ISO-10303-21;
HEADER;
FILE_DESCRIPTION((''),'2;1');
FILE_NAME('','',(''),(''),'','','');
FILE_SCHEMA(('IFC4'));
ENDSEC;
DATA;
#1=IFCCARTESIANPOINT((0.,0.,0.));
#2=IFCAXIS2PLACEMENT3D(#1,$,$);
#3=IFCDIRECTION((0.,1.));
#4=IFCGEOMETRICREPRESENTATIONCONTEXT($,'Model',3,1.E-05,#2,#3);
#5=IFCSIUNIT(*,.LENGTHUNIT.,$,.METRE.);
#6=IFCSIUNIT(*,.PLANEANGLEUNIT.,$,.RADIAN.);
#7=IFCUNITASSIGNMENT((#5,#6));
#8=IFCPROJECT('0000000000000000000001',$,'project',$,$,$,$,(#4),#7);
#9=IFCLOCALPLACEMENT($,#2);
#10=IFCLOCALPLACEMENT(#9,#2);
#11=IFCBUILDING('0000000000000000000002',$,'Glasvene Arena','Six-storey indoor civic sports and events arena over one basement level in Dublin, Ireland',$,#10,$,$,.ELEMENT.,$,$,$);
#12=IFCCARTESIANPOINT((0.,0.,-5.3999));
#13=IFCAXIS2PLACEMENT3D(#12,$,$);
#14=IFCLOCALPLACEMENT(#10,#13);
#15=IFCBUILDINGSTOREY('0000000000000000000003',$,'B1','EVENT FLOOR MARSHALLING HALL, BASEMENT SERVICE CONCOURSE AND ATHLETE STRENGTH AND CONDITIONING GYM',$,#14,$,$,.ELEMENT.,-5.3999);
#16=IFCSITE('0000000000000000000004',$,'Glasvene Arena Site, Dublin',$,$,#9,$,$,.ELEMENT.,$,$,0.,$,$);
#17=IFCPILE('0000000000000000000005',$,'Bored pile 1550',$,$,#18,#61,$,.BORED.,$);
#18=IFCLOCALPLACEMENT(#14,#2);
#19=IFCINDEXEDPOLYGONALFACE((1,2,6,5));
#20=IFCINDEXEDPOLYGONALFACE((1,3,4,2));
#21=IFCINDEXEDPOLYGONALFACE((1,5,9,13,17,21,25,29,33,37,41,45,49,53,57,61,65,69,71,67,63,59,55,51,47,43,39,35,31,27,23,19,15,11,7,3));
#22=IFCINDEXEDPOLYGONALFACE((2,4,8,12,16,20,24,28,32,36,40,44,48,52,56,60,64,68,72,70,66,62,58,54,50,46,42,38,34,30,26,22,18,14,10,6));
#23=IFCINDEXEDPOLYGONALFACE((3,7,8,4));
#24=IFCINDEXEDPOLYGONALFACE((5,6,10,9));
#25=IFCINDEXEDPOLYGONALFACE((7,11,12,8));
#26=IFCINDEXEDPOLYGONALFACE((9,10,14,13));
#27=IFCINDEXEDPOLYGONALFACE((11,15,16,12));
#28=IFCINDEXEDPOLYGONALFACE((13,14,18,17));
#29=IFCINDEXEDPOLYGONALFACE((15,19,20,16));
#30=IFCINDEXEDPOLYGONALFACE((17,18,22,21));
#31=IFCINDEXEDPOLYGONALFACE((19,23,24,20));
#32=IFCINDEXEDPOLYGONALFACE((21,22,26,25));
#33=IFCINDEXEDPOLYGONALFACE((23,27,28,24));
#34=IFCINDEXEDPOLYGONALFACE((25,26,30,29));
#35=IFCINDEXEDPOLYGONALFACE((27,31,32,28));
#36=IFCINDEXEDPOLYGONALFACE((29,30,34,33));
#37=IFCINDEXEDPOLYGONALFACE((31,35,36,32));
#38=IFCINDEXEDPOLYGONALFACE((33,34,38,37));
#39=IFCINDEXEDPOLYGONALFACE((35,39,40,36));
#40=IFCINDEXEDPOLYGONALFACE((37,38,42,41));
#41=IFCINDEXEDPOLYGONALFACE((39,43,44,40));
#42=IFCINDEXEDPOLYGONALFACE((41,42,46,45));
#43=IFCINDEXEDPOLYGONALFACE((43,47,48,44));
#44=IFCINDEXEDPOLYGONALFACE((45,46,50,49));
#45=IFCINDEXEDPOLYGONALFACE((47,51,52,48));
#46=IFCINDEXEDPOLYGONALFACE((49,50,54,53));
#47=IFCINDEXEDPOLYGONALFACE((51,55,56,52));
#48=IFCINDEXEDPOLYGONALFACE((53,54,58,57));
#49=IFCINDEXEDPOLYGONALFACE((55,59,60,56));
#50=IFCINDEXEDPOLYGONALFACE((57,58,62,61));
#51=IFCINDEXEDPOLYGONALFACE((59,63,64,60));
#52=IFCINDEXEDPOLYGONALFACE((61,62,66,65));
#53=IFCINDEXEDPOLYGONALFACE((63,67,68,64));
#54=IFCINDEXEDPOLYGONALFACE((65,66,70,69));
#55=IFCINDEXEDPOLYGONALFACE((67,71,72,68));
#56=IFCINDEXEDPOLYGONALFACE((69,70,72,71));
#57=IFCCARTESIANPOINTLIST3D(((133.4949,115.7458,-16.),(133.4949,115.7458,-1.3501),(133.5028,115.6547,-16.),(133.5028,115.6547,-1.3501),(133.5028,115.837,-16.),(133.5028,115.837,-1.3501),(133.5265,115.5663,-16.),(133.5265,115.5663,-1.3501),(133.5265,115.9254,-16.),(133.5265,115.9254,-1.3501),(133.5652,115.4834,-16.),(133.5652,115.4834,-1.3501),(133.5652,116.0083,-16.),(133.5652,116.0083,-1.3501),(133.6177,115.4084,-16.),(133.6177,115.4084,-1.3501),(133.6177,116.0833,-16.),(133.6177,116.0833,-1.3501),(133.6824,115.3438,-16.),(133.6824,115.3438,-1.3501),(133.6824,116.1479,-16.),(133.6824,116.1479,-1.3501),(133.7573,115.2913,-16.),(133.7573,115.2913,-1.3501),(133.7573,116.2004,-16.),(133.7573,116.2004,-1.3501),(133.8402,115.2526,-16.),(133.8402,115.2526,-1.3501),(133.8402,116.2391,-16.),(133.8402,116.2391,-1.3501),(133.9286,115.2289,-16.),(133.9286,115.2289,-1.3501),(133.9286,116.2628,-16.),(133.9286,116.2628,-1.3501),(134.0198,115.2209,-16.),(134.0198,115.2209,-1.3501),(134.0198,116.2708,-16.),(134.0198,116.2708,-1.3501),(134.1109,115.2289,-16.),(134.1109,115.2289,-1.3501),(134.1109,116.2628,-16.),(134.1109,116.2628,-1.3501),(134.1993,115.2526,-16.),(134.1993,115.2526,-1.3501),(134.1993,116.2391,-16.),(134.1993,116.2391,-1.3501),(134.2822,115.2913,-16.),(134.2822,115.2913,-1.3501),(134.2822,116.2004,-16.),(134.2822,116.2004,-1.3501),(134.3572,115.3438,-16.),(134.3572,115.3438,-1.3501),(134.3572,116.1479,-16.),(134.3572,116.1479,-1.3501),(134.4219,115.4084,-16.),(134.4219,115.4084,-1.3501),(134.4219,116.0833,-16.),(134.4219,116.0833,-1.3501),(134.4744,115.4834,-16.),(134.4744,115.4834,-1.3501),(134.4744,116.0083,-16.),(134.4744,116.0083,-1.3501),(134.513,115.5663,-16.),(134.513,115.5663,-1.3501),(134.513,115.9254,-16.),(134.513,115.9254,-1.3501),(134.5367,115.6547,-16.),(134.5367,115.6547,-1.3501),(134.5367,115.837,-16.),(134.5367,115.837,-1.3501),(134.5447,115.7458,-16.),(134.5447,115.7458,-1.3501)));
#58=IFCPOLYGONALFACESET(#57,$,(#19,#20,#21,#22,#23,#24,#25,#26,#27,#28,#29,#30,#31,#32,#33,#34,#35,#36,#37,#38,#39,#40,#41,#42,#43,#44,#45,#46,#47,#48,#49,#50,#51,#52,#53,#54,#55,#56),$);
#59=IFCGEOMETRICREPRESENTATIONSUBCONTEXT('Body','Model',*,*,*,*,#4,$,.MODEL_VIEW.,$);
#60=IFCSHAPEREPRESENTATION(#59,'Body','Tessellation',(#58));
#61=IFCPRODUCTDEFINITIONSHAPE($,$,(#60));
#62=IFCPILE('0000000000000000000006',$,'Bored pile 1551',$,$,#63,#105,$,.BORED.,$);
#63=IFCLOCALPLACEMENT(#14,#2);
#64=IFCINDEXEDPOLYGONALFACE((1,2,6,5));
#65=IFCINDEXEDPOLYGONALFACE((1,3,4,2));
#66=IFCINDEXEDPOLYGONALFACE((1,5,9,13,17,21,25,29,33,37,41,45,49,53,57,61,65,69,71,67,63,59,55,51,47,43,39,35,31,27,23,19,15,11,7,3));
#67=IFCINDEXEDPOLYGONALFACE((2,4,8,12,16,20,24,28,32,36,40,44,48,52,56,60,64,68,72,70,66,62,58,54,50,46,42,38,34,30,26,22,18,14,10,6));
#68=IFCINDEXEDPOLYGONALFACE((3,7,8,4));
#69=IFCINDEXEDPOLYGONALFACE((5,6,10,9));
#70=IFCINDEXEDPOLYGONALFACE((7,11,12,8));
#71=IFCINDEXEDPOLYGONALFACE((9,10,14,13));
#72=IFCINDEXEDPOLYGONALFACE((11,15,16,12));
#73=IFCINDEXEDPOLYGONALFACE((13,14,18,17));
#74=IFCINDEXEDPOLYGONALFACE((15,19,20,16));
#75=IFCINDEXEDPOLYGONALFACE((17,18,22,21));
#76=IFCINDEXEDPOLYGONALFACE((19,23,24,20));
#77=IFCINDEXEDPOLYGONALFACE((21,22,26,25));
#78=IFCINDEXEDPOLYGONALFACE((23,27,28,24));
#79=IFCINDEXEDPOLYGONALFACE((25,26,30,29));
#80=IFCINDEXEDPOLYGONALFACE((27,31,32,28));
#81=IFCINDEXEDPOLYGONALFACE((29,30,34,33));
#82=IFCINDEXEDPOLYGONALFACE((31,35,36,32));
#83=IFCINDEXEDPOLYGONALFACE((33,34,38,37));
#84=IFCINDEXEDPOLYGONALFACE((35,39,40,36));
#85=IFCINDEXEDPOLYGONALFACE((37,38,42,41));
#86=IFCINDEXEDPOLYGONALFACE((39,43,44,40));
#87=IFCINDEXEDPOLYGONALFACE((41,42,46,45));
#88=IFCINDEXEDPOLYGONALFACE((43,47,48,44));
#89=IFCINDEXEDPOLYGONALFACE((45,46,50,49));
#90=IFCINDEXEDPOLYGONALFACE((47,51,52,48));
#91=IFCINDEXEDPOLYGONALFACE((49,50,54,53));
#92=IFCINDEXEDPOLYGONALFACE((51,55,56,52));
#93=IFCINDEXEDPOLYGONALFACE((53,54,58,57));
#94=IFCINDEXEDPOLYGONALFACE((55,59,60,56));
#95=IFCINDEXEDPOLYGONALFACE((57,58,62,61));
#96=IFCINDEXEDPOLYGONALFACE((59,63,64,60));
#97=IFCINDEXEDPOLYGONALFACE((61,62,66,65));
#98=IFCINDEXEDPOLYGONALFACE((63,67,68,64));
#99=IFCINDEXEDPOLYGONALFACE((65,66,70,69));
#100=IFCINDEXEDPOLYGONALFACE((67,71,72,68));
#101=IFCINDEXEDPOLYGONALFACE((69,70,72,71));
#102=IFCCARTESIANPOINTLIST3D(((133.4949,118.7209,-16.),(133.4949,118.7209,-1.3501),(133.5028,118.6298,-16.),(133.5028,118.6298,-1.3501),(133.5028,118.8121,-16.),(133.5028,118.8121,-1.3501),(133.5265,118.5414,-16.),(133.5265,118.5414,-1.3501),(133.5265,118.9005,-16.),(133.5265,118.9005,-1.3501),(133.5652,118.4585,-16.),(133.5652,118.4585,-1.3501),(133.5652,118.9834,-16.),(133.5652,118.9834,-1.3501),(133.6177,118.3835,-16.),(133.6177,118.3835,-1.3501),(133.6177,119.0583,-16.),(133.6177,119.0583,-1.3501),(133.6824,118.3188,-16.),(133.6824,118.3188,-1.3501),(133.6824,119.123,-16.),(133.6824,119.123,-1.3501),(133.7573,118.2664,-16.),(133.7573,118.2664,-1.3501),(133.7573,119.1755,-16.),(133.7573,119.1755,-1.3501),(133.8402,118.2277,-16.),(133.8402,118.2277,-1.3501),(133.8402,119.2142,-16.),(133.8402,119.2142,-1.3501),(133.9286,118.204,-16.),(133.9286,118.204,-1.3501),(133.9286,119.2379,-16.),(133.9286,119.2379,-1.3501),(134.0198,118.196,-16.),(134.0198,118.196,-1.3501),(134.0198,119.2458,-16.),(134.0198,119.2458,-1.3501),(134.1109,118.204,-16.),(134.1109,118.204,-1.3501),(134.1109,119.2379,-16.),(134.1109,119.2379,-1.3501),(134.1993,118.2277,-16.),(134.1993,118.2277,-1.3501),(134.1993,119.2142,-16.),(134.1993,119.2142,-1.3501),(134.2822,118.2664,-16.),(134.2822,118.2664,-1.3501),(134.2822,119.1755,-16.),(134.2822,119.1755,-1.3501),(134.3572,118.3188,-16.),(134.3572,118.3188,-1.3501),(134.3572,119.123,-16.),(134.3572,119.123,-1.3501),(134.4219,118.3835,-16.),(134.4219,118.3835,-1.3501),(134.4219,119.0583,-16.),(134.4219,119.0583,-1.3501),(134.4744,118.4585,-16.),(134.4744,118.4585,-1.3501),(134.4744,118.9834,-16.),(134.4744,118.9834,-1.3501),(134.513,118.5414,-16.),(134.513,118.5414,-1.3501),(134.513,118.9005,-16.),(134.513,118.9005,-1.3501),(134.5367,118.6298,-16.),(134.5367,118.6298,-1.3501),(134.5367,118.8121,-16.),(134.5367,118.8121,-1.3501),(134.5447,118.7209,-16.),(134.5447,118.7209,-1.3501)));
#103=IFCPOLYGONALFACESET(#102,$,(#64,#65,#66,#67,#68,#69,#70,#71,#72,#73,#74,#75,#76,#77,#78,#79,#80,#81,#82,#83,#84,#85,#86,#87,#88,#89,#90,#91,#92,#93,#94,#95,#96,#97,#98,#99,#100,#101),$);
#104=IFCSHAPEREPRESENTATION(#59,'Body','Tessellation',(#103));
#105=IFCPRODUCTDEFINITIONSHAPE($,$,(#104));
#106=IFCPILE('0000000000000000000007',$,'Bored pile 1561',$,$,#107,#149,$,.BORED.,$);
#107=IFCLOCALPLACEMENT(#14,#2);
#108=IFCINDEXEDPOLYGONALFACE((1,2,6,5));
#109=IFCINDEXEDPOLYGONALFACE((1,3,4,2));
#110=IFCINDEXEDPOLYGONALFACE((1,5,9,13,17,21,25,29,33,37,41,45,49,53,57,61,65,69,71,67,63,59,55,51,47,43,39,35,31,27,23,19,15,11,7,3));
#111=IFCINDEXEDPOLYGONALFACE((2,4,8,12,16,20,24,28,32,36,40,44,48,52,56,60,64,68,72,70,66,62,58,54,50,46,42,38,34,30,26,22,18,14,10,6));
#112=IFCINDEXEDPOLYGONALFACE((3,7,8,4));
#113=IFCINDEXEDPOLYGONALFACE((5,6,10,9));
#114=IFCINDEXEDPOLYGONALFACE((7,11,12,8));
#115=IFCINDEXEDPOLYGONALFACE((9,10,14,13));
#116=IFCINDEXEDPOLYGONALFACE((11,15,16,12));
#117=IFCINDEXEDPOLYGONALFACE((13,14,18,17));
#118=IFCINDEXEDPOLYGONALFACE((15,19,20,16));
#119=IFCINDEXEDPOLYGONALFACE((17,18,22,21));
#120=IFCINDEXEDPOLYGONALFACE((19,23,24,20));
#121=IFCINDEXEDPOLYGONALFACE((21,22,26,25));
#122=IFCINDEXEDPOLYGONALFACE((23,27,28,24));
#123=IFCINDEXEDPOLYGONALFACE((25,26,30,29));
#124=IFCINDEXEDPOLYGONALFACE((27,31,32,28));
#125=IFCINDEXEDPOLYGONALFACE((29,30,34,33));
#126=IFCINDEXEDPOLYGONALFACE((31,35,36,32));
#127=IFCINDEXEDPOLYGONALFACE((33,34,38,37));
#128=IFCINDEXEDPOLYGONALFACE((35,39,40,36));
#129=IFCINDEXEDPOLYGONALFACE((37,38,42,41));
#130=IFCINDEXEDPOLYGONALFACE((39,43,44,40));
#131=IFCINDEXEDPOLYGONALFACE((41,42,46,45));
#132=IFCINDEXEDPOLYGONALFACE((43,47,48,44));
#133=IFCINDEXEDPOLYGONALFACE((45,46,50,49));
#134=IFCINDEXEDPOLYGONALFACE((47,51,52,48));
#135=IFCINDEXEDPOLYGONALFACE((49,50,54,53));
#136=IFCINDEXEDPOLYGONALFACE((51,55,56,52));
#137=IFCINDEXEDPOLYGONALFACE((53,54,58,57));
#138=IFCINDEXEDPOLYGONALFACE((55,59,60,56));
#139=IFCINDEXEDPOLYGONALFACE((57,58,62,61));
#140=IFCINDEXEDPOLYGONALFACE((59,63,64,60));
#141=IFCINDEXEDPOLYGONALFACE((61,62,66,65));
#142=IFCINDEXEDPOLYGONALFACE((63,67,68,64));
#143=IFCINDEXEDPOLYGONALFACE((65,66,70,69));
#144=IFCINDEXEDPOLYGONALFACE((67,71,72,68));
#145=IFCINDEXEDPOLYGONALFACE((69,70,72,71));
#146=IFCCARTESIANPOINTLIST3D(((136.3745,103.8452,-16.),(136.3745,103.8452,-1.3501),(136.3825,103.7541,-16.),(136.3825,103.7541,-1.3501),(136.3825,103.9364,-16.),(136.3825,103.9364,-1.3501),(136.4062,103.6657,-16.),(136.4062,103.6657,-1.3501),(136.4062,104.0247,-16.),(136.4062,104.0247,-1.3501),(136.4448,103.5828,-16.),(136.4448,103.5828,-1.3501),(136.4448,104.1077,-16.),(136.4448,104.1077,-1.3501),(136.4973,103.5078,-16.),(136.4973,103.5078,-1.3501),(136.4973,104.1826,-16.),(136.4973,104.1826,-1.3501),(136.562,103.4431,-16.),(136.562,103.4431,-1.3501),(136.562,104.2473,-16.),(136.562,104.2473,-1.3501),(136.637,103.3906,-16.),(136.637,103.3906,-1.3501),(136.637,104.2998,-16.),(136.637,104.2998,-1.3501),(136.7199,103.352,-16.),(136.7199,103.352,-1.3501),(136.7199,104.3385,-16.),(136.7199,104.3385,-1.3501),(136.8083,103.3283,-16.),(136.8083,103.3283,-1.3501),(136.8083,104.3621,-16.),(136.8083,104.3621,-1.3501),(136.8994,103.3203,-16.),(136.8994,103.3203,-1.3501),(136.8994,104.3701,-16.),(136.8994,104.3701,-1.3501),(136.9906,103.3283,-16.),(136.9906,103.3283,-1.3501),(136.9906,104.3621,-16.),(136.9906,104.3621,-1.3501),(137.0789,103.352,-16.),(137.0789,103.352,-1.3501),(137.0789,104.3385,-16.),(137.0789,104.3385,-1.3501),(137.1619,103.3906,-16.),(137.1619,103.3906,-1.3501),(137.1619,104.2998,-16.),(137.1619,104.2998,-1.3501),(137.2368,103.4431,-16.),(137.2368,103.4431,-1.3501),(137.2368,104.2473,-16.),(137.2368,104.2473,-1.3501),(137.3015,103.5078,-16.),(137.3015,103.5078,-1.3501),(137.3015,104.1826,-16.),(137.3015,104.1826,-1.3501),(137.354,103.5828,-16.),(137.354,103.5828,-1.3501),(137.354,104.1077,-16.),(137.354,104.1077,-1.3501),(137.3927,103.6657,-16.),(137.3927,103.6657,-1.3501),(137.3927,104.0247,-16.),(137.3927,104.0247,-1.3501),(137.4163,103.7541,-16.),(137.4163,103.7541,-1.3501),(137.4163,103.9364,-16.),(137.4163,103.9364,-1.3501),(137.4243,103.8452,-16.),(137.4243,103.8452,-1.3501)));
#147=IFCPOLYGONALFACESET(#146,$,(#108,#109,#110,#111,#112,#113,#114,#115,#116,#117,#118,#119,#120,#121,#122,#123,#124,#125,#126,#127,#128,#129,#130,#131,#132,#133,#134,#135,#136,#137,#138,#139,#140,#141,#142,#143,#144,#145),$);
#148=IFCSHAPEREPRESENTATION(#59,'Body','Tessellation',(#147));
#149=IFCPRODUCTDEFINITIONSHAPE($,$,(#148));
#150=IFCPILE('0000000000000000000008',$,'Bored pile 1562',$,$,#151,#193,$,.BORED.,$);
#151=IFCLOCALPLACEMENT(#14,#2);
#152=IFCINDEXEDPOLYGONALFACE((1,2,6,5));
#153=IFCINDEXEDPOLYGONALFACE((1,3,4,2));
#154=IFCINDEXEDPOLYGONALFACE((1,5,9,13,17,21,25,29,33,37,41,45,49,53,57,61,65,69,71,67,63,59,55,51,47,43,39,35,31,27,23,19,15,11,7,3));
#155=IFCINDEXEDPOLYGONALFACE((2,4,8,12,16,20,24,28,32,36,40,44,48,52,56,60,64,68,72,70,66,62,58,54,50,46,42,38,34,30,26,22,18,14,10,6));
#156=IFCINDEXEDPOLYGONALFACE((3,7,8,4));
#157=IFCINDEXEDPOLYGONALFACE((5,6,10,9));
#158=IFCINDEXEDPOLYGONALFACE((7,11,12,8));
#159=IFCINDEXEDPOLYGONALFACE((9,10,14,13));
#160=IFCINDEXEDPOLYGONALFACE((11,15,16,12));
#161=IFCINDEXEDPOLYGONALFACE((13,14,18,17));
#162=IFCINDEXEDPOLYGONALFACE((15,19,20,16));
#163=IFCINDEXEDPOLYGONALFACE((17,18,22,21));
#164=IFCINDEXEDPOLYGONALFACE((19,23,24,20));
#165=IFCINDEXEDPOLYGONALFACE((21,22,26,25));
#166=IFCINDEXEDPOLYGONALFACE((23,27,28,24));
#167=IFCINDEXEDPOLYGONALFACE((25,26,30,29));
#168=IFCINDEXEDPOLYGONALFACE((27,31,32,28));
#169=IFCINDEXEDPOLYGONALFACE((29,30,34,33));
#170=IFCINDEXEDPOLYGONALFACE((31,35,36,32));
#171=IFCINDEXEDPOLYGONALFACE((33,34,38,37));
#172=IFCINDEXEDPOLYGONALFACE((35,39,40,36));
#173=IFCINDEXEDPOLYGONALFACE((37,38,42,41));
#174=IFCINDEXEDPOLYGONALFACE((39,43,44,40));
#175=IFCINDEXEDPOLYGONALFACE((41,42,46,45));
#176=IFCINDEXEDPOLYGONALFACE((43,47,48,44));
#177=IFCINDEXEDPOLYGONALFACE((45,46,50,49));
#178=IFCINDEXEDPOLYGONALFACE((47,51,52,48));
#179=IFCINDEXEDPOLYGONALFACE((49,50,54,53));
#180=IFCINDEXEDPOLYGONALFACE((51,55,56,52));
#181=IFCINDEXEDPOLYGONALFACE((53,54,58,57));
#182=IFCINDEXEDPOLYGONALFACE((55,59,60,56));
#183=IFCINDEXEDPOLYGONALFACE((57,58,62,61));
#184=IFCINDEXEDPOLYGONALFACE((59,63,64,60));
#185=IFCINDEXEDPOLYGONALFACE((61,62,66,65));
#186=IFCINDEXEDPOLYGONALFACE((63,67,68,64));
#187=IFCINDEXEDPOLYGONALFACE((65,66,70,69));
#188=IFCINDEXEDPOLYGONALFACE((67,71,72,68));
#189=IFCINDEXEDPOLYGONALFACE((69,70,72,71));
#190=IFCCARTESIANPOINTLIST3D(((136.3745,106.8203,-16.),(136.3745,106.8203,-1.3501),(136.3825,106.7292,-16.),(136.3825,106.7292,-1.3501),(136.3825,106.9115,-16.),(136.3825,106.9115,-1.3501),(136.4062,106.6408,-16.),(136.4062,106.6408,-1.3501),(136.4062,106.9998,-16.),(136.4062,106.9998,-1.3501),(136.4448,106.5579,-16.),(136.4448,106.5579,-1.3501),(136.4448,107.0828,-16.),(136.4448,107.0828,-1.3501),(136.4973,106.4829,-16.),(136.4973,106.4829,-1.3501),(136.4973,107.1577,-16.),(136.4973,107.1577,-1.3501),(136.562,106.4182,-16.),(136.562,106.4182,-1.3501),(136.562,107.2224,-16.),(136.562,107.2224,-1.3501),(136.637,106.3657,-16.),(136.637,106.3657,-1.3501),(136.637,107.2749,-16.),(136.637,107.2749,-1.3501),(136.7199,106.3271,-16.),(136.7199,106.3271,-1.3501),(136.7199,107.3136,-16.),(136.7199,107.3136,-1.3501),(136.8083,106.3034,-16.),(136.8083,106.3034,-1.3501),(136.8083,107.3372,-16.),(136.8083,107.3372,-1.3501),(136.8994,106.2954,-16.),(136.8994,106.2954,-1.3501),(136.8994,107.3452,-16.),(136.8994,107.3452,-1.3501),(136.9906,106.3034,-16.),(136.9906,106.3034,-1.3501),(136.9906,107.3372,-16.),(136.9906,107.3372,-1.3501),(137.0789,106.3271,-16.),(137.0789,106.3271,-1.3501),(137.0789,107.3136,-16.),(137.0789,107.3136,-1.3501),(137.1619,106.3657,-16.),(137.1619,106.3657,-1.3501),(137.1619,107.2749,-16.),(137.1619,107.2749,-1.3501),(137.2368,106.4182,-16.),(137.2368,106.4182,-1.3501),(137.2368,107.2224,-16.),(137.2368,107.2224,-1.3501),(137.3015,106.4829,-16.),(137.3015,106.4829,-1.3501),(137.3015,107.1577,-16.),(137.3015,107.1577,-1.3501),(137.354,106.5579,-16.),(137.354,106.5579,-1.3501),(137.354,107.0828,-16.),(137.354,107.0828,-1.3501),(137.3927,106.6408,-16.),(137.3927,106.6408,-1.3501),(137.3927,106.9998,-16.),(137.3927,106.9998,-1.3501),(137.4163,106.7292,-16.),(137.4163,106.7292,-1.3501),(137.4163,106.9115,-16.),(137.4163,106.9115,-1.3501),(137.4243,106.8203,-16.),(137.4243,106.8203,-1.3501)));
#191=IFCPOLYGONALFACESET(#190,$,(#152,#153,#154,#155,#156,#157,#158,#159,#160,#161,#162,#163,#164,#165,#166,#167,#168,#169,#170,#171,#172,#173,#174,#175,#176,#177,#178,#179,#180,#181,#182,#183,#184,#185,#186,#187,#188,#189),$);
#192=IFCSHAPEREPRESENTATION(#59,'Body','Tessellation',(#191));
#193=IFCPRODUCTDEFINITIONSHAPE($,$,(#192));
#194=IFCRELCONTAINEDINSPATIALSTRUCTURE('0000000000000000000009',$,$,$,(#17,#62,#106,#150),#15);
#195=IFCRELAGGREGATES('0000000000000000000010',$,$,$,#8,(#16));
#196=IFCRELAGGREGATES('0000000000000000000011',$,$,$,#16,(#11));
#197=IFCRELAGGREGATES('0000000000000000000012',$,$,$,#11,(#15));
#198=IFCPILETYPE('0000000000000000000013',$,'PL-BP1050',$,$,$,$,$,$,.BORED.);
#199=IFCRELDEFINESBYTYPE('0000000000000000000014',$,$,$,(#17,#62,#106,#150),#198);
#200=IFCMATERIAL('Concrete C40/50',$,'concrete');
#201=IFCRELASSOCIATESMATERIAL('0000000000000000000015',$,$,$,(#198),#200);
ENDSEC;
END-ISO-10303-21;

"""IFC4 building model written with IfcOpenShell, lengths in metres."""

from ifc_helpers import new_model, si_unit, direction, frame, origin, origin_2d, place, context, subcontext, project, spatial, circle, extrude, material, material_profile, profile_set, type_object, element, save


model = new_model("IFC4")

# Units and contexts
model_context = context("Model", 3, precision=1e-05, world=origin(), true_north=direction((0.0, 1.0)))
body_context = subcontext(model_context, "Body", "Model", "MODEL_VIEW")
ifc_project = project(units=[si_unit("LENGTHUNIT", "METRE"), si_unit("PLANEANGLEUNIT", "RADIAN")], contexts=[model_context])

# Site, building, storey
site_placement = place(None, origin())
site = spatial("IfcSite", under=ifc_project, at=site_placement, Name="Glasvene Arena Site, Dublin", CompositionType="ELEMENT", RefElevation=0.0)
building_placement = place(site_placement, origin())
building = spatial("IfcBuilding", under=site, at=building_placement, Name="Glasvene Arena", Description="Six-storey indoor civic sports and events arena over one basement level in Dublin, Ireland", CompositionType="ELEMENT")
storey_placement = place(building_placement, frame((0.0, 0.0, -5.3999)))
storey = spatial("IfcBuildingStorey", under=building, at=storey_placement, Name="B1", Description="EVENT FLOOR MARSHALLING HALL, BASEMENT SERVICE CONCOURSE AND ATHLETE STRENGTH AND CONDITIONING GYM", CompositionType="ELEMENT", Elevation=-5.3999)

# Piles
ifc_material_1 = material(Name="Concrete C40/50", Category="concrete")
ifc_material_profile_1 = material_profile(ifc_material_1, circle(Radius=0.5249, at=origin_2d()), Name="BORED PILE 1050")
ifc_profile_set_1 = profile_set([ifc_material_profile_1], Name="Concrete C40/50")
pile_type = type_object("IfcPileType", Name="PL-BP1050", PredefinedType="BORED", material=ifc_profile_set_1)
for number, where, z_axis, x_axis, name in (
    (1, (134.0198, 115.7458, -1.3501), (0.0, 0.0, -1.0), (1.0, 0.0, 0.0), "Bored pile 1550"),
    (2, (134.0198, 118.7209, -1.3501), (0.0, 0.0, -1.0), (1.0, 0.0, 0.0), "Bored pile 1551"),
    (3, (136.8994, 103.8452, -1.3501), (0.0, 0.0, -1.0), (1.0, 0.0, 0.0), "Bored pile 1561"),
    (4, (136.8994, 106.8203, -1.3501), (0.0, 0.0, -1.0), (1.0, 0.0, 0.0), "Bored pile 1562"),
):
    element("IfcPile", number, at=place(storey_placement, frame(where, z_axis=z_axis, x_axis=x_axis)), inside=storey, type_object=pile_type, Name=name, PredefinedType="BORED", context=body_context, shape_type="SweptSolid", body=[
        extrude(circle(Radius=0.5249, at=origin_2d()), origin(), (0.0, 0.0, 1.0), 14.6499),
    ])

save(model, "model.ifc")
